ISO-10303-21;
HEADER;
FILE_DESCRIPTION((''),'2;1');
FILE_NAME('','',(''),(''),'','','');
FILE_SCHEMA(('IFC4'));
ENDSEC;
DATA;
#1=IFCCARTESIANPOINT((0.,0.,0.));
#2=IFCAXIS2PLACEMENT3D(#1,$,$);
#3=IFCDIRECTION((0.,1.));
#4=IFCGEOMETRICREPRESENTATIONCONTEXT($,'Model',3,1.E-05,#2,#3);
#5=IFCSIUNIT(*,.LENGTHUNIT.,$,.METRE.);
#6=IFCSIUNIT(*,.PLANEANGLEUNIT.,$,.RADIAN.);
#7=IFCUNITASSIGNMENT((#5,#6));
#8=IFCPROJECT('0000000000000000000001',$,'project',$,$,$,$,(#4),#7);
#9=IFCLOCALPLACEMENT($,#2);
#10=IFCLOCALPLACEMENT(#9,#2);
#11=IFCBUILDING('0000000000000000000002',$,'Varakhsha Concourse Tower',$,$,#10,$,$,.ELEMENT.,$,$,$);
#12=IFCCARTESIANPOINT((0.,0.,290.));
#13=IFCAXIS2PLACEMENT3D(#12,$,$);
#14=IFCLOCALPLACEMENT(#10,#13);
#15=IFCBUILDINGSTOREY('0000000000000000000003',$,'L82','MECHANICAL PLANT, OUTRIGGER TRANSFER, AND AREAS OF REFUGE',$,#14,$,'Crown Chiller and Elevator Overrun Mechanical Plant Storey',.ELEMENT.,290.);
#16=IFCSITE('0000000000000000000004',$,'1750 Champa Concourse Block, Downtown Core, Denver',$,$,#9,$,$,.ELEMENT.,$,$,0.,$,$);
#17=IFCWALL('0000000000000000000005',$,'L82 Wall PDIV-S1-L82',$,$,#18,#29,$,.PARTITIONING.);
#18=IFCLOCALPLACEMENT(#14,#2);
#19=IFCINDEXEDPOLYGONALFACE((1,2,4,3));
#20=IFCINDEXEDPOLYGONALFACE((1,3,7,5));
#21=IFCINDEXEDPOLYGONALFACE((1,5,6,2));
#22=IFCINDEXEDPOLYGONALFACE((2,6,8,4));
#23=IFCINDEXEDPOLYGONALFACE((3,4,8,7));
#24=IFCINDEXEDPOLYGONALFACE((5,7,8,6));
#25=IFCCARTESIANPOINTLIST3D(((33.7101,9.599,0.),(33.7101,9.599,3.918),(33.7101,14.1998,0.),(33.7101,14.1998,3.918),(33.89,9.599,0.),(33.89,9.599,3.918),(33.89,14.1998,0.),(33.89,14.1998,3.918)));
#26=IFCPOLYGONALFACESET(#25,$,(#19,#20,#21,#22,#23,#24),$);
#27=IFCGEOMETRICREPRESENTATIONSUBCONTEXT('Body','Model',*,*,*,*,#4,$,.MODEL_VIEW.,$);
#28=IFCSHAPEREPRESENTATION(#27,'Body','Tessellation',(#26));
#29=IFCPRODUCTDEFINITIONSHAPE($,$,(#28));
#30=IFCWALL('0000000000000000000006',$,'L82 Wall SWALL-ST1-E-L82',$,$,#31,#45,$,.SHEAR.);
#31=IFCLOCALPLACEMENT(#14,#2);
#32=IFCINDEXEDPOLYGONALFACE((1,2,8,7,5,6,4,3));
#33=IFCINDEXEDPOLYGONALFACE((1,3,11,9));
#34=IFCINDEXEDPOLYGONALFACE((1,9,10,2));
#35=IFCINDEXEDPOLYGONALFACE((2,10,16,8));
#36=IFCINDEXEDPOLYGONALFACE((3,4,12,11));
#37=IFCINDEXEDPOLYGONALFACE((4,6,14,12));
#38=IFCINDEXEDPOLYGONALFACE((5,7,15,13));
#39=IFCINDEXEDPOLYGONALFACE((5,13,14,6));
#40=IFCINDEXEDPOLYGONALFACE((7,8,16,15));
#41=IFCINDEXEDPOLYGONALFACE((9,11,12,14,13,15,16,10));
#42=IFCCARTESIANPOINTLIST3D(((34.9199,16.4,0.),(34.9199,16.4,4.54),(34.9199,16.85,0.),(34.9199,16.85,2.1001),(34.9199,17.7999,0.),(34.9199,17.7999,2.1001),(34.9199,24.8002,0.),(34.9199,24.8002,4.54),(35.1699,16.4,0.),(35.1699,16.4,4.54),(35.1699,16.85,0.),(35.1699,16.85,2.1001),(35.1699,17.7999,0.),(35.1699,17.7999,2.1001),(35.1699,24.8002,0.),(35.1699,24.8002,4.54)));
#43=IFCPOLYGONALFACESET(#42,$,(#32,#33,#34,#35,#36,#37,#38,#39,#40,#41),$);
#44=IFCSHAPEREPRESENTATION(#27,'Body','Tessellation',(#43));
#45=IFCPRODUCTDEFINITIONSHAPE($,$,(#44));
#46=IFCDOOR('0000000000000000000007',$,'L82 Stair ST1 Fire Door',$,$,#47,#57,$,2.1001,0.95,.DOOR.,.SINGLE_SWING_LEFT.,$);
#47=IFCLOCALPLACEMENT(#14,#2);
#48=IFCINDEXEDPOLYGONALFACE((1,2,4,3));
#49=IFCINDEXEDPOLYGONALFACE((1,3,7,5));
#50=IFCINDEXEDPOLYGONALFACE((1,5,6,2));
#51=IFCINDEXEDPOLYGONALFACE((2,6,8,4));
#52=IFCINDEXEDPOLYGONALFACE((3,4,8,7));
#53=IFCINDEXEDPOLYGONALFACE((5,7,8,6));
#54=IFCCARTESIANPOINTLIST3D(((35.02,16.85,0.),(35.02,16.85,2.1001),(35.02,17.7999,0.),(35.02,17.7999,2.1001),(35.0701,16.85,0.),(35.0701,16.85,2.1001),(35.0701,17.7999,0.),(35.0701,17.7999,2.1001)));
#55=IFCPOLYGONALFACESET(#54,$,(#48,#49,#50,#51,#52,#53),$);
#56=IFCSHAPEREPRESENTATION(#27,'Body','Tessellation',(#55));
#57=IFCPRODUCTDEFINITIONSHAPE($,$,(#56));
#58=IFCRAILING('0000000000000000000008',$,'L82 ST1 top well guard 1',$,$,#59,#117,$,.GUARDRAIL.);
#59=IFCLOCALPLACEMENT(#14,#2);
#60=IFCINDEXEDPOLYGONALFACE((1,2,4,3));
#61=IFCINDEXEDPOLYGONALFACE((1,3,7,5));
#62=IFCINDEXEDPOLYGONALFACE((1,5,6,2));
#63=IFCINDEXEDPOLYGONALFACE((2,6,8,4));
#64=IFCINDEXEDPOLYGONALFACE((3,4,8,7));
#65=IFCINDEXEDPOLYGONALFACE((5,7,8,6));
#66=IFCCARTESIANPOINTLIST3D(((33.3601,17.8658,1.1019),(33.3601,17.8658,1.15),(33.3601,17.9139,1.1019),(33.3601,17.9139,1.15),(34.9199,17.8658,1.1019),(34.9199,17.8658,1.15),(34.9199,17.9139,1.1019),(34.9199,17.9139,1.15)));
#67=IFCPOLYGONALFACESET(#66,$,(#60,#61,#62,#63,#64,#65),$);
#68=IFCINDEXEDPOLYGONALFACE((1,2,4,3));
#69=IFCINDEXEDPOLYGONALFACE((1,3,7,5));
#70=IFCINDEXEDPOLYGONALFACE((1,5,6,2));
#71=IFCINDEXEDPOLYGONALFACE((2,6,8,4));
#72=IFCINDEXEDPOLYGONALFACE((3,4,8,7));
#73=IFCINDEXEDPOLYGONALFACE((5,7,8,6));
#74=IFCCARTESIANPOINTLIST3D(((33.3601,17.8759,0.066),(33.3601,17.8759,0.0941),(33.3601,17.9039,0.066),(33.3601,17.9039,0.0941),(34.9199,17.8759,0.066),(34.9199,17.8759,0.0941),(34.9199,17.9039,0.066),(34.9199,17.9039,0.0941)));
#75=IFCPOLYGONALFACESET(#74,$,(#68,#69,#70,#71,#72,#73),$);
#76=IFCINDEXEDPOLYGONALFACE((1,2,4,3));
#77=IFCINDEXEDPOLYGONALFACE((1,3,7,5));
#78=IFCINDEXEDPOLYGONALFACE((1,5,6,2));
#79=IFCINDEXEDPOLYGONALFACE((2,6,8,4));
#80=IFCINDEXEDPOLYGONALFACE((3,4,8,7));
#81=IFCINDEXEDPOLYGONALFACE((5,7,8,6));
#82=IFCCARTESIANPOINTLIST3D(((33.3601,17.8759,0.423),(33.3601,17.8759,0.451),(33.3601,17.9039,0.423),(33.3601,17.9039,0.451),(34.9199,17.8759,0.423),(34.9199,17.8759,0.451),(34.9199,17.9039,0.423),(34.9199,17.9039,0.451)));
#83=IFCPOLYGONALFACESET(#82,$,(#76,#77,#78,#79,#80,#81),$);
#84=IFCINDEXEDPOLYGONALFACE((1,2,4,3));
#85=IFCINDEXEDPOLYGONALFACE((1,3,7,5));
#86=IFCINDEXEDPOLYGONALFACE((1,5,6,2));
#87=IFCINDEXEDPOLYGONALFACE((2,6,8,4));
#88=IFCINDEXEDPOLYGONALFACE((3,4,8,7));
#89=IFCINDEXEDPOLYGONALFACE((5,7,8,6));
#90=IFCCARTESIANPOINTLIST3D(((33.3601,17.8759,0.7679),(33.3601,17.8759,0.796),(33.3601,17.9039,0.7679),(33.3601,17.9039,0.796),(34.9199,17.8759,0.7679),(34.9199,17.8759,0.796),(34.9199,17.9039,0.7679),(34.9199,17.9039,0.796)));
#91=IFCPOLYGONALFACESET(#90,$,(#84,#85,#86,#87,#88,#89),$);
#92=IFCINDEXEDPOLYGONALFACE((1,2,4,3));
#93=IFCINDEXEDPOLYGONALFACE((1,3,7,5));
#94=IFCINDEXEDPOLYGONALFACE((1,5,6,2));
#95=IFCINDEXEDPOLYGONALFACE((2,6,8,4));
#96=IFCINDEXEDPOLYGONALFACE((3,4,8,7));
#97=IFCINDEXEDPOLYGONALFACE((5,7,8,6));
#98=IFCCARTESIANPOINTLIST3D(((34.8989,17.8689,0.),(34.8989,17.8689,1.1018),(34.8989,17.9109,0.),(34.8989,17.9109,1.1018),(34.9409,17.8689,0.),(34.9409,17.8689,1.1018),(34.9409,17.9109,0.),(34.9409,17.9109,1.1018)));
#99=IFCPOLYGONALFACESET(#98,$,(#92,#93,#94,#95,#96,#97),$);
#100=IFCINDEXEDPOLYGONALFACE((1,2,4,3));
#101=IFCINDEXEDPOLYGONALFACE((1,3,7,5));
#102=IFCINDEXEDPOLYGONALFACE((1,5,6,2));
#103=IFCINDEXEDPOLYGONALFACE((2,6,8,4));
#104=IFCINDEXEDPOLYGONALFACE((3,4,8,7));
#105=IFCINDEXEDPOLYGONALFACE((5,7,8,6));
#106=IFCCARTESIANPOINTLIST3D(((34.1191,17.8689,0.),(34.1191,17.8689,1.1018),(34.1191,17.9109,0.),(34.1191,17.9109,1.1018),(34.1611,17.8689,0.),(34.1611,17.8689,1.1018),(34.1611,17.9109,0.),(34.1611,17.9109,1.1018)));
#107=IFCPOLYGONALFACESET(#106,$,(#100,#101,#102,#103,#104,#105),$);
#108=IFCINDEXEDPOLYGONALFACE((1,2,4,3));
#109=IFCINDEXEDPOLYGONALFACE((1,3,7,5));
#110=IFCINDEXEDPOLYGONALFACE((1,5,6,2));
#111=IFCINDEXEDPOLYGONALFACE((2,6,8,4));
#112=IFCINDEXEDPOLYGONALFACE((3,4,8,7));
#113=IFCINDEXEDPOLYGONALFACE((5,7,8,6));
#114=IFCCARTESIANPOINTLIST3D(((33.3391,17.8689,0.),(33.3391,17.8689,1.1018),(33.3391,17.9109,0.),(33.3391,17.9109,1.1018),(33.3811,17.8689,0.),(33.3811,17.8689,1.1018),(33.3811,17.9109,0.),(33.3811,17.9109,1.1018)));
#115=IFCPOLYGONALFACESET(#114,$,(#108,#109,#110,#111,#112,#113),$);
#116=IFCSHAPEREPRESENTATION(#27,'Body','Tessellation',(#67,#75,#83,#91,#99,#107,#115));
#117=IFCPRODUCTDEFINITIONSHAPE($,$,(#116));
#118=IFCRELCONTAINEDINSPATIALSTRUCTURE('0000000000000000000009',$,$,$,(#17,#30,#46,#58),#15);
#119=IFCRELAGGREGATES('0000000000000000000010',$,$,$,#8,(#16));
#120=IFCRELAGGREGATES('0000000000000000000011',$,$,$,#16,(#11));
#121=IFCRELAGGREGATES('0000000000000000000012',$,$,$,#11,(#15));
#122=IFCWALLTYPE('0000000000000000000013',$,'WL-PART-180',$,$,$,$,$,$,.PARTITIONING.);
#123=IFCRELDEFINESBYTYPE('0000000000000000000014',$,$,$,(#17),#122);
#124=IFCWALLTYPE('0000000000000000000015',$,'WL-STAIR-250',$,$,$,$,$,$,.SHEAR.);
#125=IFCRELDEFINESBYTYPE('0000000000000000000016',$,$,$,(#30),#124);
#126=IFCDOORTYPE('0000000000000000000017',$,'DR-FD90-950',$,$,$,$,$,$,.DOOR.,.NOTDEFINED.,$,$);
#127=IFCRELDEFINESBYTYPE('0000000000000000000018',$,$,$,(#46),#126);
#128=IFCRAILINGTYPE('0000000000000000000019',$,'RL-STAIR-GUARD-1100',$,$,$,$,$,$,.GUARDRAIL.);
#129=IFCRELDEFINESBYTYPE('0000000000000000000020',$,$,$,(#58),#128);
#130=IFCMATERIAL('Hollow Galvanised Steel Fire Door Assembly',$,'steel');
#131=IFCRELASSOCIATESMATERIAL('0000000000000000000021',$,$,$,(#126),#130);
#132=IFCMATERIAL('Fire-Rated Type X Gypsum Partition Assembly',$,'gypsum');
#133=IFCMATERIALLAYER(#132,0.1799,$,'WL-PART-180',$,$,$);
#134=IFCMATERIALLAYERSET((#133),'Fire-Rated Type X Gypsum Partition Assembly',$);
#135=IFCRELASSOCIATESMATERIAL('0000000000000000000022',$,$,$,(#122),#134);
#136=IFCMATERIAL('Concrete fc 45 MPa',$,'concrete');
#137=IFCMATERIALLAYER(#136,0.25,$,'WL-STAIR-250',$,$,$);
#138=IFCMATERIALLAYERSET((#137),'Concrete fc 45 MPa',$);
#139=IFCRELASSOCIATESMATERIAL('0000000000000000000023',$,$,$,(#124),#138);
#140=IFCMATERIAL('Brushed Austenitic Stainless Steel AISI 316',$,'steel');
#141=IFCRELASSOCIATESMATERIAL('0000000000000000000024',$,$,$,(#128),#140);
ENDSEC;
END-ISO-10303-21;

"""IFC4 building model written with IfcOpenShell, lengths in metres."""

from ifc_helpers import new_model, si_unit, direction, frame, frame_2d, origin, origin_2d, place, context, subcontext, project, spatial, rectangle, extrude, material, layer, layer_set, type_object, element, fill, save


model = new_model("IFC4")

# Units and contexts
model_context = context("Model", 3, precision=1e-05, world=origin(), true_north=direction((0.0, 1.0)))
body_context = subcontext(model_context, "Body", "Model", "MODEL_VIEW")
ifc_project = project(units=[si_unit("LENGTHUNIT", "METRE"), si_unit("PLANEANGLEUNIT", "RADIAN")], contexts=[model_context])

# Site, building, storey
site_placement = place(None, origin())
site = spatial("IfcSite", under=ifc_project, at=site_placement, Name="1750 Champa Concourse Block, Downtown Core, Denver", CompositionType="ELEMENT", RefElevation=0.0)
building_placement = place(site_placement, origin())
building = spatial("IfcBuilding", under=site, at=building_placement, Name="Varakhsha Concourse Tower", CompositionType="ELEMENT")
storey_placement = place(building_placement, frame((0.0, 0.0, 290.0)))
storey = spatial("IfcBuildingStorey", under=building, at=storey_placement, Name="L82", Description="MECHANICAL PLANT, OUTRIGGER TRANSFER, AND AREAS OF REFUGE", LongName="Crown Chiller and Elevator Overrun Mechanical Plant Storey", CompositionType="ELEMENT", Elevation=290.0)

# Shared definitions
ifc_material_1 = material(Name="Hollow Galvanised Steel Fire Door Assembly", Category="steel")
door_type_1 = type_object("IfcDoorType", Name="DR-FD90-950", OperationType="NOTDEFINED", PredefinedType="DOOR", material=ifc_material_1)

# Shared definitions
ifc_material_2 = material(Name="Fire-Rated Type X Gypsum Partition Assembly", Category="gypsum")

# Wall
ifc_layer_1 = layer(ifc_material_2, 0.1799, Name="WL-PART-180")
ifc_layer_set_1 = layer_set([ifc_layer_1], Name="Fire-Rated Type X Gypsum Partition Assembly")
wall_type_1 = type_object("IfcWallType", Name="WL-PART-180", PredefinedType="PARTITIONING", material=ifc_layer_set_1)
wall_1_placement = place(storey_placement, frame((33.8, 9.5991, 0.0), z_axis=(0.0, 0.0, 1.0), x_axis=(0.0, 1.0, 0.0)))
element("IfcWall", 1, at=wall_1_placement, inside=storey, type_object=wall_type_1, Name="L82 Wall PDIV-S1-L82", PredefinedType="PARTITIONING", context=body_context, shape_type="SweptSolid", body=[
    extrude(rectangle(XDim=4.6008, YDim=0.1799, at=frame_2d((2.3003, 0.0))), origin(), (0.0, 0.0, 1.0), 3.918),
])

# Wall, opening, door
ifc_material_3 = material(Name="Concrete fc 45 MPa", Category="concrete")
ifc_layer_2 = layer(ifc_material_3, 0.25, Name="WL-STAIR-250")
ifc_layer_set_2 = layer_set([ifc_layer_2], Name="Concrete fc 45 MPa")
wall_type_2 = type_object("IfcWallType", Name="WL-STAIR-250", PredefinedType="SHEAR", material=ifc_layer_set_2)
wall_2_placement = place(storey_placement, frame((35.0449, 16.3999, 0.0), z_axis=(0.0, 0.0, 1.0), x_axis=(0.0, 1.0, 0.0)))
wall_2 = element("IfcWall", 2, at=wall_2_placement, inside=storey, type_object=wall_type_2, Name="L82 Wall SWALL-ST1-E-L82", PredefinedType="SHEAR", context=body_context, shape_type="SweptSolid", body=[
    extrude(rectangle(XDim=8.4001, YDim=0.25, at=frame_2d((4.2002, 0.0))), origin(), (0.0, 0.0, 1.0), 4.54),
])
opening_1_placement = place(wall_2_placement, frame((0.45, 0.0, 0.0)))
opening_1 = element("IfcOpeningElement", 3, at=opening_1_placement, cuts=wall_2, PredefinedType="OPENING", context=body_context, shape_type="SweptSolid", body=[
    extrude(rectangle(XDim=0.95, YDim=2.1001, at=frame_2d((0.4751, 1.05))), frame((0.0, 0.135, 0.0), z_axis=(0.0, -1.0, 0.0), x_axis=(1.0, 0.0, 0.0)), (0.0, 0.0, 1.0), 0.27),
])
door_1_placement = place(opening_1_placement, origin())
door_1 = element("IfcDoor", 4, at=door_1_placement, inside=storey, type_object=door_type_1, Name="L82 Stair ST1 Fire Door", OperationType="SINGLE_SWING_LEFT", OverallHeight=2.1001, OverallWidth=0.95, PredefinedType="DOOR", context=body_context, shape_type="SweptSolid", body=[
    extrude(rectangle(XDim=0.95, YDim=2.1001, at=frame_2d((0.4751, 1.05))), frame((0.0, 0.0249, 0.0), z_axis=(0.0, -1.0, 0.0), x_axis=(1.0, 0.0, 0.0)), (0.0, 0.0, 1.0), 0.05),
])
fill(opening_1, door_1)

# Railing
ifc_material_4 = material(Name="Brushed Austenitic Stainless Steel AISI 316", Category="steel")
railing_type = type_object("IfcRailingType", Name="RL-STAIR-GUARD-1100", PredefinedType="GUARDRAIL", material=ifc_material_4)
railing_placement = place(storey_placement, frame((34.9199, 17.8899, 0.0)))
element("IfcRailing", 5, at=railing_placement, inside=storey, type_object=railing_type, Name="L82 ST1 top well guard 1", PredefinedType="GUARDRAIL", context=body_context, shape_type="SweptSolid", body=[
    extrude(rectangle(XDim=0.0481, YDim=0.0481, at=origin_2d()), frame((0.0, 0.0, 1.126), z_axis=(-1.0, 0.0, 0.0), x_axis=(0.0, -1.0, 0.0)), (0.0, 0.0, 1.0), 1.5598),
    extrude(rectangle(XDim=0.0281, YDim=0.0281, at=origin_2d()), frame((0.0, 0.0, 0.0801), z_axis=(-1.0, 0.0, 0.0), x_axis=(0.0, -1.0, 0.0)), (0.0, 0.0, 1.0), 1.5598),
    extrude(rectangle(XDim=0.0281, YDim=0.0281, at=origin_2d()), frame((0.0, 0.0, 0.437), z_axis=(-1.0, 0.0, 0.0), x_axis=(0.0, -1.0, 0.0)), (0.0, 0.0, 1.0), 1.5598),
    extrude(rectangle(XDim=0.0281, YDim=0.0281, at=origin_2d()), frame((0.0, 0.0, 0.782), z_axis=(-1.0, 0.0, 0.0), x_axis=(0.0, -1.0, 0.0)), (0.0, 0.0, 1.0), 1.5598),
    extrude(rectangle(XDim=0.042, YDim=0.042, at=origin_2d()), origin(), (0.0, 0.0, 1.0), 1.1018),
    extrude(rectangle(XDim=0.042, YDim=0.042, at=origin_2d()), frame((-0.7798, 0.0, 0.0)), (0.0, 0.0, 1.0), 1.1018),
    extrude(rectangle(XDim=0.042, YDim=0.042, at=origin_2d()), frame((-1.5598, 0.0, 0.0)), (0.0, 0.0, 1.0), 1.1018),
])

save(model, "model.ifc")
